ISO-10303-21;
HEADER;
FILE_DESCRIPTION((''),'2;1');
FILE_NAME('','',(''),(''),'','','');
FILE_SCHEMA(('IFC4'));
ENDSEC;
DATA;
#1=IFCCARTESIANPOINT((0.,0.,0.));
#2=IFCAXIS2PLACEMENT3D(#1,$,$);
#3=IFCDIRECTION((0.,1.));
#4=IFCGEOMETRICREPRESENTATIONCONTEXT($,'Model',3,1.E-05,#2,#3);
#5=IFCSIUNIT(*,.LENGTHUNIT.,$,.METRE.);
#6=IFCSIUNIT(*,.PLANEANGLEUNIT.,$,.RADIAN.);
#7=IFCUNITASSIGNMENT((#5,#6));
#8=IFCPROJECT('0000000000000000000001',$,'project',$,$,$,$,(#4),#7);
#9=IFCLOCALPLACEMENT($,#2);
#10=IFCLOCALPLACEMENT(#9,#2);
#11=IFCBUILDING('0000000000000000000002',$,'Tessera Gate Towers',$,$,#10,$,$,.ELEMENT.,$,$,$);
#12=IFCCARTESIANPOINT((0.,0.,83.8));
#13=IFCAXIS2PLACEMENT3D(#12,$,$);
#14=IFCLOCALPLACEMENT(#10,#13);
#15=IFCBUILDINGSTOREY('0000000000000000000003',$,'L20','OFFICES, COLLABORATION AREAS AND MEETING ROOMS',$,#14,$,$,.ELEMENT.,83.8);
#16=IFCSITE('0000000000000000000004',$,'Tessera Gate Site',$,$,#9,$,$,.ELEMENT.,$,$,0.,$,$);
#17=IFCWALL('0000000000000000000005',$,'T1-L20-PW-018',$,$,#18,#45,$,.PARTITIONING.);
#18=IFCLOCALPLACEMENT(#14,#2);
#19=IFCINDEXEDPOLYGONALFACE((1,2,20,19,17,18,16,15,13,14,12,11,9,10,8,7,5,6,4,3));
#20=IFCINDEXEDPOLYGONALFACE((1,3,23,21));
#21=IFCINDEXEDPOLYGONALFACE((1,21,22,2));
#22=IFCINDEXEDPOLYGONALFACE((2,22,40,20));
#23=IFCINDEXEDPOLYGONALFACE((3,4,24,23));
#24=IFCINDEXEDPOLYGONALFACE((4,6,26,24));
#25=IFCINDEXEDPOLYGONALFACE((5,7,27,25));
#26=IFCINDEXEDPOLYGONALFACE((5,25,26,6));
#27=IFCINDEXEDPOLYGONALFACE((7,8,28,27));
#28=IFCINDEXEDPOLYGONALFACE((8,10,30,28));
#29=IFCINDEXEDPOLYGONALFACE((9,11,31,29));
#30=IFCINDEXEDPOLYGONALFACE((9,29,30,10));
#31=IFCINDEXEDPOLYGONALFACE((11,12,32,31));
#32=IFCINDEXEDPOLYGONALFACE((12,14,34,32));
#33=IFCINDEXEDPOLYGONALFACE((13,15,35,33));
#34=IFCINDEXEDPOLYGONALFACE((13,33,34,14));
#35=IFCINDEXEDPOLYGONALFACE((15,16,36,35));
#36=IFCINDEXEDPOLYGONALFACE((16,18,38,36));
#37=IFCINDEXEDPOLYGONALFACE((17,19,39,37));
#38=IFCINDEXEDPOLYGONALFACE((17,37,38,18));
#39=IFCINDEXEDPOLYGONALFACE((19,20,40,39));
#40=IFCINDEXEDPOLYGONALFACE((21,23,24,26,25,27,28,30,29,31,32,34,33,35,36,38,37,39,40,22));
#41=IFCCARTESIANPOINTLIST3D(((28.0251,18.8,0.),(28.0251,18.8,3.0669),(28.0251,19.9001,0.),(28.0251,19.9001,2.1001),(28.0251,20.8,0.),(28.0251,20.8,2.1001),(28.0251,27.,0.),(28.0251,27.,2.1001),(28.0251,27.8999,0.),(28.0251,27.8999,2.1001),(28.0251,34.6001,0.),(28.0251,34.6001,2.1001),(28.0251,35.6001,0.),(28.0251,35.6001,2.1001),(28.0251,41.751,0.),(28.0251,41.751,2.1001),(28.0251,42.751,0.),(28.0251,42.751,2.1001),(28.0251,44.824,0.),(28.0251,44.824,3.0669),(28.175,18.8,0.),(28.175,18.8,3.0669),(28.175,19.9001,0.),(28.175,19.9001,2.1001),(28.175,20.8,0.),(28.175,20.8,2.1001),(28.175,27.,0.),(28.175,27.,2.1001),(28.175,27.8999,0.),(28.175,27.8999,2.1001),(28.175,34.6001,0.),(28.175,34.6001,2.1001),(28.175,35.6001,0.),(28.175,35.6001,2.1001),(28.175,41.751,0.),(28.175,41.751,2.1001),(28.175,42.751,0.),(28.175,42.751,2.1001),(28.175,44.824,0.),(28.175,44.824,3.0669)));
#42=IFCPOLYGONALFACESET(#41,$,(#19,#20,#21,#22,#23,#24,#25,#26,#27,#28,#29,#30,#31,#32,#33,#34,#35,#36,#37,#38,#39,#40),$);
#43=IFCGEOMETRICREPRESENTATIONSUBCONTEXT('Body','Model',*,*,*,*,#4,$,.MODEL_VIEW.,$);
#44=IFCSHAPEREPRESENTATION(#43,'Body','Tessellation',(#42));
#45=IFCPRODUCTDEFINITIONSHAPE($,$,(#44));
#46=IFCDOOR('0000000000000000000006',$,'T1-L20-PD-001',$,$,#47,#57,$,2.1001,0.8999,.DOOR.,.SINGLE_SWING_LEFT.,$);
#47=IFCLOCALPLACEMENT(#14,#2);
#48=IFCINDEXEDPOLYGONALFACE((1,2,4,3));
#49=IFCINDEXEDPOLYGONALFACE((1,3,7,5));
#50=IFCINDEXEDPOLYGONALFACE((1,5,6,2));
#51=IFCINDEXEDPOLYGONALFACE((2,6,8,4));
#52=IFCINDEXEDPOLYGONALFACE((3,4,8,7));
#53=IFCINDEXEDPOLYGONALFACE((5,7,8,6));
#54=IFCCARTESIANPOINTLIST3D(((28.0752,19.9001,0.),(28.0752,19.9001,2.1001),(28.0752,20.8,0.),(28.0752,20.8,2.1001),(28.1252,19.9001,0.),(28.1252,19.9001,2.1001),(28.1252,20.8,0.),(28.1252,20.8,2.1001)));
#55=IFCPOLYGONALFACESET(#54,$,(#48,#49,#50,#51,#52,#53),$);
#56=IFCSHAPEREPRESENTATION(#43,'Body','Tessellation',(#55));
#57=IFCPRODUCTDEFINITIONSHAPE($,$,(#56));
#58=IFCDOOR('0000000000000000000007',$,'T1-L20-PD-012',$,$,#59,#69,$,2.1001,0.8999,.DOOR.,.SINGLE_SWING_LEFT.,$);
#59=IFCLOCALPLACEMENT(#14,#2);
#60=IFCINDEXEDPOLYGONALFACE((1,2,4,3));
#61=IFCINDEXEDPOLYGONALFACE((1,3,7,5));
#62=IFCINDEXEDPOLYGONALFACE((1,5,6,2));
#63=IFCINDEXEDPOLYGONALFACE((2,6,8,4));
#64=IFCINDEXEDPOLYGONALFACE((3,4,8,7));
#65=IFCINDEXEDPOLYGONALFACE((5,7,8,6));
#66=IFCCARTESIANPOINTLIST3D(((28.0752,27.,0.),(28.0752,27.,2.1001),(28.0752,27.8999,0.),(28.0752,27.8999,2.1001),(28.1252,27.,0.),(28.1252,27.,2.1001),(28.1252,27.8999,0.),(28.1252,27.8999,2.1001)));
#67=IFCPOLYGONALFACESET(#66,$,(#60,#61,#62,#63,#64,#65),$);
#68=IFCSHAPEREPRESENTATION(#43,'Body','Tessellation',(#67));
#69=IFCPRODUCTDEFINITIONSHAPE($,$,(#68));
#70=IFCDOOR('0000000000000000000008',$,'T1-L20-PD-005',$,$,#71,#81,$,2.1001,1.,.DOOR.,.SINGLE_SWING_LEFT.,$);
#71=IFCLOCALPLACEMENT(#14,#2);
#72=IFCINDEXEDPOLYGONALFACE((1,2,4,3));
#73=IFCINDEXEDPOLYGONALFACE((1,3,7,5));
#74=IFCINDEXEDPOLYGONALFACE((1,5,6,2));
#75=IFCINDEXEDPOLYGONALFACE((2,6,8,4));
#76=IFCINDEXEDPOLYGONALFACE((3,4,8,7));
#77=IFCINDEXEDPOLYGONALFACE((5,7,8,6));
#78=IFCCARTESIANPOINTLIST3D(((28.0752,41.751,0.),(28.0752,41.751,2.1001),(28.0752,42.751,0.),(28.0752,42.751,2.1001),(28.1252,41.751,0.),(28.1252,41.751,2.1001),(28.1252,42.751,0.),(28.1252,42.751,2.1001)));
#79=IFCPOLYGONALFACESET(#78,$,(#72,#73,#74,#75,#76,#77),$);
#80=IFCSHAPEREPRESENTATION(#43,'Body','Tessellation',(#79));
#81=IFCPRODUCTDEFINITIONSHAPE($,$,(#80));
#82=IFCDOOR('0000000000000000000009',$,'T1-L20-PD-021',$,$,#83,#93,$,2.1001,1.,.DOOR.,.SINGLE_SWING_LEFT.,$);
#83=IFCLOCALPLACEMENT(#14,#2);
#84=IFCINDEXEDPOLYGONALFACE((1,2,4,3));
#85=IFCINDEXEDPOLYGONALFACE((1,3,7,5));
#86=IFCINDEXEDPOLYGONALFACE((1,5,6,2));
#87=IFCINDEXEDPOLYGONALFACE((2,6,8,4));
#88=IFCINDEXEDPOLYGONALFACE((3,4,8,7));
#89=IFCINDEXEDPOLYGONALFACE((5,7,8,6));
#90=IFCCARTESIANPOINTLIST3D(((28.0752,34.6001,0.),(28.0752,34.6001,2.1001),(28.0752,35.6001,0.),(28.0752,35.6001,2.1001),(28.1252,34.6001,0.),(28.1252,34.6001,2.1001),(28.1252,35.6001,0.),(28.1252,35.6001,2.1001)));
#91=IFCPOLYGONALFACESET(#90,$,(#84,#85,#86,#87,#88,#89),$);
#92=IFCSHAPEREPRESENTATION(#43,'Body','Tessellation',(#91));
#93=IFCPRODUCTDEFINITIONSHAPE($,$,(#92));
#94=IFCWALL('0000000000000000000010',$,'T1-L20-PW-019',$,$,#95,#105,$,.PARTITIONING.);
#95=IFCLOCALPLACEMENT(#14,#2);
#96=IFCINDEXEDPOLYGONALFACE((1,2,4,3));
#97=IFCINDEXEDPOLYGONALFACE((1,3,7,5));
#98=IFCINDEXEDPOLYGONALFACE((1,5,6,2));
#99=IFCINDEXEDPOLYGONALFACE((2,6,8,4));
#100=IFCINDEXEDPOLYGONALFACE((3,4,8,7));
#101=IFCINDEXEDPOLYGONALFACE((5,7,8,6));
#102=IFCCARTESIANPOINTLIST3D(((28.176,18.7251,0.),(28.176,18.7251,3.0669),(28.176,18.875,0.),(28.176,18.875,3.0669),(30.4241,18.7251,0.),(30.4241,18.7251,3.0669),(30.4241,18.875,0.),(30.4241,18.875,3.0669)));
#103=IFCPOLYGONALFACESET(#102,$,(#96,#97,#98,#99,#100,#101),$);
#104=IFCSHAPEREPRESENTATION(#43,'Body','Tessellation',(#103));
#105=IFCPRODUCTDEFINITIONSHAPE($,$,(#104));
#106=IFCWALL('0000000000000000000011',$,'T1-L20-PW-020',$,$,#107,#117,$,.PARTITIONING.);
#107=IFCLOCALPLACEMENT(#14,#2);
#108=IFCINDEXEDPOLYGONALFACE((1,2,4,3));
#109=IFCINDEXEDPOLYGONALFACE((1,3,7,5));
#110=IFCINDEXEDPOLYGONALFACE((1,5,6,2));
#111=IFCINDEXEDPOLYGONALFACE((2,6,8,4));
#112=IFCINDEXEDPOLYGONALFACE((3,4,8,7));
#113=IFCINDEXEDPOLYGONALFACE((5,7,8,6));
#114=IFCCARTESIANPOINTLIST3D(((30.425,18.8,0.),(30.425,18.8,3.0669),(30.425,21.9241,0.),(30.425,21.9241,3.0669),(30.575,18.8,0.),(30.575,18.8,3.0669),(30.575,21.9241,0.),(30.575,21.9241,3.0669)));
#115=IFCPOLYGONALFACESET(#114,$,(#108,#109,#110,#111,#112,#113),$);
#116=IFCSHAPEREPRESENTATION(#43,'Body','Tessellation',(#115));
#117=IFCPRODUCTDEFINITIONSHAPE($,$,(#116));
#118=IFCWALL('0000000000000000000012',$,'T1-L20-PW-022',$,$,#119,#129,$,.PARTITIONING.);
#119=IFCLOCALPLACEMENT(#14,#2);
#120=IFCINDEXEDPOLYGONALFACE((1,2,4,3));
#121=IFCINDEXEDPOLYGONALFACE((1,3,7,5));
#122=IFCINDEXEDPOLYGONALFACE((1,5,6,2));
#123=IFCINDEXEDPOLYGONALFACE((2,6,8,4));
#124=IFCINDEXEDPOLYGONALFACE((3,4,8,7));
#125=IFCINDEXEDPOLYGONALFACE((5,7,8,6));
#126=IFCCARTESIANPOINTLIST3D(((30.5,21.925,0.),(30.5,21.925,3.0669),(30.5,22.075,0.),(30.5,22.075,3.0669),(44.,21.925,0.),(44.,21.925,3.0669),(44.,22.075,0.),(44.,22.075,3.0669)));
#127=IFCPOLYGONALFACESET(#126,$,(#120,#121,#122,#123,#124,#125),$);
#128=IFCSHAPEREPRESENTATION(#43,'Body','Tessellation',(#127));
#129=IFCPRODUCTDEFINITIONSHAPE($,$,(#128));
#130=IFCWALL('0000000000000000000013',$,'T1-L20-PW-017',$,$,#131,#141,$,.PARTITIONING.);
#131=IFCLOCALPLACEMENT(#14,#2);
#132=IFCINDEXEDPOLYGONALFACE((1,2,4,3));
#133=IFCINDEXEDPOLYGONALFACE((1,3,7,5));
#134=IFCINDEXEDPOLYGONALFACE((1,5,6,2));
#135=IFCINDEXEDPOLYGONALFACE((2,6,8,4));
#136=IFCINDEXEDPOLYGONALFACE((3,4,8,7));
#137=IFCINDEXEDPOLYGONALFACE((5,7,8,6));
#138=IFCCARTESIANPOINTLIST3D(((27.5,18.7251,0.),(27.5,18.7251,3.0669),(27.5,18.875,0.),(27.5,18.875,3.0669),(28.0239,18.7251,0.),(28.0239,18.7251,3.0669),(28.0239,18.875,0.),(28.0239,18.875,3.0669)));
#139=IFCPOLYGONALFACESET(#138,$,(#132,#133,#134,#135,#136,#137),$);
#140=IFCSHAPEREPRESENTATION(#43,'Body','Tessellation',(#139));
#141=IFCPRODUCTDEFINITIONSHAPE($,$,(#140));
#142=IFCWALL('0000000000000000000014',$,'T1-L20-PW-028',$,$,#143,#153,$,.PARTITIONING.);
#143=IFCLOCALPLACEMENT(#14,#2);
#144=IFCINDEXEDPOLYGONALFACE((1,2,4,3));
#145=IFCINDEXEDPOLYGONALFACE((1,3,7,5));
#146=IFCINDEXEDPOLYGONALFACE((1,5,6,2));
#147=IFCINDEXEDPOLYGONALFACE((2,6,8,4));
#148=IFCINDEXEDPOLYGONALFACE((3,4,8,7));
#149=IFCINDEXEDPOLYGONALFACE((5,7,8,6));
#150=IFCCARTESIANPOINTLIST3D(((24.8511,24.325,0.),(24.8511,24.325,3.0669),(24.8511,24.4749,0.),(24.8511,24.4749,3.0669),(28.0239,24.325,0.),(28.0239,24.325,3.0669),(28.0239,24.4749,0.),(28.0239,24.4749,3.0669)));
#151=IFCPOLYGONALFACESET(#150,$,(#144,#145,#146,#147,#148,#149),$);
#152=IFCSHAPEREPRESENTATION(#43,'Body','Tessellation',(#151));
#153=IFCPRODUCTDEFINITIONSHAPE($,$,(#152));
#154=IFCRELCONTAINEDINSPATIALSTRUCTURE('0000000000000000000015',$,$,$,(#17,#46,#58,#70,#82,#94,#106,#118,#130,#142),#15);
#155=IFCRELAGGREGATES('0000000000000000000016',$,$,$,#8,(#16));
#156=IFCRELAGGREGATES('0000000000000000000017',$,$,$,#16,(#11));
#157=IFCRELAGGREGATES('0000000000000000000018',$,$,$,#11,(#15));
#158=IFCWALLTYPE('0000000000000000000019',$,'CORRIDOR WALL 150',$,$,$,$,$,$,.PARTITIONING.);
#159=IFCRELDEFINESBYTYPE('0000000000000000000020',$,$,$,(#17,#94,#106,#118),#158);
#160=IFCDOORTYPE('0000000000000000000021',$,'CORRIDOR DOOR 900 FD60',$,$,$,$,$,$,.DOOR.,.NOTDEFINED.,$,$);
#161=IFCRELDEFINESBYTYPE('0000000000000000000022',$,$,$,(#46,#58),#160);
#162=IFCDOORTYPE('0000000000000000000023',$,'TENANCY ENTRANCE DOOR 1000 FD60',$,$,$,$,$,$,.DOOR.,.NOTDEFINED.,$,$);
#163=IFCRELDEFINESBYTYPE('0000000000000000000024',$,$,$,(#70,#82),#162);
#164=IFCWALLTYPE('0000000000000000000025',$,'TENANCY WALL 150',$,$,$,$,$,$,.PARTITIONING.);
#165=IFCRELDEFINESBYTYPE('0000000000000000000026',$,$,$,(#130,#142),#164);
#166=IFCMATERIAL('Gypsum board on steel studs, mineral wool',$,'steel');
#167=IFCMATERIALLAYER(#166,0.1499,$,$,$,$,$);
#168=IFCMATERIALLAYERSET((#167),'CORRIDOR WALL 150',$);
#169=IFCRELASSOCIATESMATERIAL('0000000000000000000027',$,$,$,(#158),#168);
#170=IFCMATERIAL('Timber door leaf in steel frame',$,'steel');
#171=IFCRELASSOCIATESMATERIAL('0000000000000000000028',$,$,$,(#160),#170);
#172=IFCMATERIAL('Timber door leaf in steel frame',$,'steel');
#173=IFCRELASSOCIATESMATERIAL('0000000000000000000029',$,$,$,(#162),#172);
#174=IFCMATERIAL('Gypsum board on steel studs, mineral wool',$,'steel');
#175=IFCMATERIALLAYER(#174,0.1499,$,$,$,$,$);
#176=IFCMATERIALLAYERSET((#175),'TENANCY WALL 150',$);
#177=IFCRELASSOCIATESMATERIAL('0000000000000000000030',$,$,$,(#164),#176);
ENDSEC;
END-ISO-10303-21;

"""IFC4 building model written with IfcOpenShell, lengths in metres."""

from ifc_helpers import new_model, si_unit, direction, frame, frame_2d, origin, place, context, subcontext, project, spatial, rectangle, extrude, source, transform, mapped, material, layer, layer_set, type_object, element, fill, save


model = new_model("IFC4")

# Units and contexts
model_context = context("Model", 3, precision=1e-05, world=origin(), true_north=direction((0.0, 1.0)))
body_context = subcontext(model_context, "Body", "Model", "MODEL_VIEW")
ifc_project = project(units=[si_unit("LENGTHUNIT", "METRE"), si_unit("PLANEANGLEUNIT", "RADIAN")], contexts=[model_context])

# Site, building, storey
site_placement = place(None, origin())
site = spatial("IfcSite", under=ifc_project, at=site_placement, Name="Tessera Gate Site", CompositionType="ELEMENT", RefElevation=0.0)
building_placement = place(site_placement, origin())
building = spatial("IfcBuilding", under=site, at=building_placement, Name="Tessera Gate Towers", CompositionType="ELEMENT")
storey_placement = place(building_placement, frame((0.0, 0.0, 83.8)))
storey = spatial("IfcBuildingStorey", under=building, at=storey_placement, Name="L20", Description="OFFICES, COLLABORATION AREAS AND MEETING ROOMS", CompositionType="ELEMENT", Elevation=83.8)

# Wall, openings, doors
ifc_material_1 = material(Name="Gypsum board on steel studs, mineral wool", Category="steel")
ifc_layer_1 = layer(ifc_material_1, 0.1499)
ifc_layer_set_1 = layer_set([ifc_layer_1], Name="CORRIDOR WALL 150")
wall_type_1 = type_object("IfcWallType", Name="CORRIDOR WALL 150", PredefinedType="PARTITIONING", material=ifc_layer_set_1)
wall_1_placement = place(storey_placement, frame((28.1001, 18.8, 0.0), z_axis=(0.0, 0.0, 1.0), x_axis=(0.0, 1.0, 0.0)))
wall_1 = element("IfcWall", 1, at=wall_1_placement, inside=storey, type_object=wall_type_1, Name="T1-L20-PW-018", PredefinedType="PARTITIONING", context=body_context, shape_type="SweptSolid", body=[
    extrude(rectangle(XDim=26.0239, YDim=0.1499, at=frame_2d((13.012, 0.0))), origin(), (0.0, 0.0, 1.0), 3.0669),
])
shared_shape_1 = source(origin(), body_context, "Body", "SweptSolid", [
    extrude(rectangle(XDim=0.8999, YDim=2.1001, at=frame_2d((0.45, 1.05))), frame((0.0, 0.085, 0.0), z_axis=(0.0, -1.0, 0.0), x_axis=(1.0, 0.0, 0.0)), (0.0, 0.0, 1.0), 0.1699),
])
opening_1_placement = place(wall_1_placement, frame((1.1001, 0.0, 0.0)))
opening_1 = element("IfcOpeningElement", 2, at=opening_1_placement, cuts=wall_1, PredefinedType="OPENING", context=body_context, shape_type="MappedRepresentation", body=[
    mapped(shared_shape_1, transform((0.0, 0.0, 0.0), scale=1.0)),
])
shared_shape_2 = source(origin(), body_context, "Body", "SweptSolid", [
    extrude(rectangle(XDim=1.0, YDim=2.1001, at=frame_2d((0.5, 1.05))), frame((0.0, 0.085, 0.0), z_axis=(0.0, -1.0, 0.0), x_axis=(1.0, 0.0, 0.0)), (0.0, 0.0, 1.0), 0.1699),
])
opening_2_placement = place(wall_1_placement, frame((22.9509, 0.0, 0.0)))
opening_2 = element("IfcOpeningElement", 3, at=opening_2_placement, cuts=wall_1, PredefinedType="OPENING", context=body_context, shape_type="MappedRepresentation", body=[
    mapped(shared_shape_2, transform((0.0, 0.0, 0.0), scale=1.0)),
])
opening_3_placement = place(wall_1_placement, frame((8.2, 0.0, 0.0)))
opening_3 = element("IfcOpeningElement", 4, at=opening_3_placement, cuts=wall_1, PredefinedType="OPENING", context=body_context, shape_type="MappedRepresentation", body=[
    mapped(shared_shape_1, transform((0.0, 0.0, 0.0), scale=1.0)),
])
opening_4_placement = place(wall_1_placement, frame((15.8, 0.0, 0.0)))
opening_4 = element("IfcOpeningElement", 5, at=opening_4_placement, cuts=wall_1, PredefinedType="OPENING", context=body_context, shape_type="MappedRepresentation", body=[
    mapped(shared_shape_2, transform((0.0, 0.0, 0.0), scale=1.0)),
])
ifc_material_2 = material(Name="Timber door leaf in steel frame", Category="steel")
door_type_1 = type_object("IfcDoorType", Name="CORRIDOR DOOR 900 FD60", OperationType="NOTDEFINED", PredefinedType="DOOR", material=ifc_material_2)
shared_shape_3 = source(origin(), body_context, "Body", "SweptSolid", [
    extrude(rectangle(XDim=0.8999, YDim=2.1001, at=frame_2d((0.45, 1.05))), frame((0.0, 0.0249, 0.0), z_axis=(0.0, -1.0, 0.0), x_axis=(1.0, 0.0, 0.0)), (0.0, 0.0, 1.0), 0.05),
])
door_1_placement = place(opening_1_placement, origin())
door_1 = element("IfcDoor", 6, at=door_1_placement, inside=storey, type_object=door_type_1, Name="T1-L20-PD-001", OperationType="SINGLE_SWING_LEFT", OverallHeight=2.1001, OverallWidth=0.8999, PredefinedType="DOOR", context=body_context, shape_type="MappedRepresentation", body=[
    mapped(shared_shape_3, transform((0.0, 0.0, 0.0), scale=1.0)),
])
fill(opening_1, door_1)
door_2_placement = place(opening_3_placement, origin())
door_2 = element("IfcDoor", 7, at=door_2_placement, inside=storey, type_object=door_type_1, Name="T1-L20-PD-012", OperationType="SINGLE_SWING_LEFT", OverallHeight=2.1001, OverallWidth=0.8999, PredefinedType="DOOR", context=body_context, shape_type="MappedRepresentation", body=[
    mapped(shared_shape_3, transform((0.0, 0.0, 0.0), scale=1.0)),
])
fill(opening_3, door_2)
ifc_material_3 = material(Name="Timber door leaf in steel frame", Category="steel")
door_type_2 = type_object("IfcDoorType", Name="TENANCY ENTRANCE DOOR 1000 FD60", OperationType="NOTDEFINED", PredefinedType="DOOR", material=ifc_material_3)
shared_shape_4 = source(origin(), body_context, "Body", "SweptSolid", [
    extrude(rectangle(XDim=1.0, YDim=2.1001, at=frame_2d((0.5, 1.05))), frame((0.0, 0.0249, 0.0), z_axis=(0.0, -1.0, 0.0), x_axis=(1.0, 0.0, 0.0)), (0.0, 0.0, 1.0), 0.05),
])
door_3_placement = place(opening_2_placement, origin())
door_3 = element("IfcDoor", 8, at=door_3_placement, inside=storey, type_object=door_type_2, Name="T1-L20-PD-005", OperationType="SINGLE_SWING_LEFT", OverallHeight=2.1001, OverallWidth=1.0, PredefinedType="DOOR", context=body_context, shape_type="MappedRepresentation", body=[
    mapped(shared_shape_4, transform((0.0, 0.0, 0.0), scale=1.0)),
])
fill(opening_2, door_3)
door_4_placement = place(opening_4_placement, origin())
door_4 = element("IfcDoor", 9, at=door_4_placement, inside=storey, type_object=door_type_2, Name="T1-L20-PD-021", OperationType="SINGLE_SWING_LEFT", OverallHeight=2.1001, OverallWidth=1.0, PredefinedType="DOOR", context=body_context, shape_type="MappedRepresentation", body=[
    mapped(shared_shape_4, transform((0.0, 0.0, 0.0), scale=1.0)),
])
fill(opening_4, door_4)

# Walls
wall_2_placement = place(storey_placement, frame((28.176, 18.8, 0.0), z_axis=(0.0, 0.0, 1.0), x_axis=(1.0, 0.0, 0.0)))
element("IfcWall", 10, at=wall_2_placement, inside=storey, type_object=wall_type_1, Name="T1-L20-PW-019", PredefinedType="PARTITIONING", context=body_context, shape_type="SweptSolid", body=[
    extrude(rectangle(XDim=2.248, YDim=0.1499, at=frame_2d((1.124, 0.0))), origin(), (0.0, 0.0, 1.0), 3.0669),
])
wall_3_placement = place(storey_placement, frame((30.5, 18.8, 0.0), z_axis=(0.0, 0.0, 1.0), x_axis=(0.0, 1.0, 0.0)))
element("IfcWall", 11, at=wall_3_placement, inside=storey, type_object=wall_type_1, Name="T1-L20-PW-020", PredefinedType="PARTITIONING", context=body_context, shape_type="SweptSolid", body=[
    extrude(rectangle(XDim=3.124, YDim=0.1499, at=frame_2d((1.562, 0.0))), origin(), (0.0, 0.0, 1.0), 3.0669),
])
wall_4_placement = place(storey_placement, frame((30.5, 22.0, 0.0), z_axis=(0.0, 0.0, 1.0), x_axis=(1.0, 0.0, 0.0)))
element("IfcWall", 12, at=wall_4_placement, inside=storey, type_object=wall_type_1, Name="T1-L20-PW-022", PredefinedType="PARTITIONING", context=body_context, shape_type="SweptSolid", body=[
    extrude(rectangle(XDim=13.5, YDim=0.1499, at=frame_2d((6.75, 0.0))), origin(), (0.0, 0.0, 1.0), 3.0669),
])
ifc_material_4 = material(Name="Gypsum board on steel studs, mineral wool", Category="steel")
ifc_layer_2 = layer(ifc_material_4, 0.1499)
ifc_layer_set_2 = layer_set([ifc_layer_2], Name="TENANCY WALL 150")
wall_type_2 = type_object("IfcWallType", Name="TENANCY WALL 150", PredefinedType="PARTITIONING", material=ifc_layer_set_2)
wall_5_placement = place(storey_placement, frame((27.5, 18.8, 0.0), z_axis=(0.0, 0.0, 1.0), x_axis=(1.0, 0.0, 0.0)))
element("IfcWall", 13, at=wall_5_placement, inside=storey, type_object=wall_type_2, Name="T1-L20-PW-017", PredefinedType="PARTITIONING", context=body_context, shape_type="SweptSolid", body=[
    extrude(rectangle(XDim=0.5239, YDim=0.1499, at=frame_2d((0.262, 0.0))), origin(), (0.0, 0.0, 1.0), 3.0669),
])
wall_6_placement = place(storey_placement, frame((24.8511, 24.3999, 0.0), z_axis=(0.0, 0.0, 1.0), x_axis=(1.0, 0.0, 0.0)))
element("IfcWall", 14, at=wall_6_placement, inside=storey, type_object=wall_type_2, Name="T1-L20-PW-028", PredefinedType="PARTITIONING", context=body_context, shape_type="SweptSolid", body=[
    extrude(rectangle(XDim=3.1729, YDim=0.1499, at=frame_2d((1.5864, 0.0))), origin(), (0.0, 0.0, 1.0), 3.0669),
])

save(model, "model.ifc")
